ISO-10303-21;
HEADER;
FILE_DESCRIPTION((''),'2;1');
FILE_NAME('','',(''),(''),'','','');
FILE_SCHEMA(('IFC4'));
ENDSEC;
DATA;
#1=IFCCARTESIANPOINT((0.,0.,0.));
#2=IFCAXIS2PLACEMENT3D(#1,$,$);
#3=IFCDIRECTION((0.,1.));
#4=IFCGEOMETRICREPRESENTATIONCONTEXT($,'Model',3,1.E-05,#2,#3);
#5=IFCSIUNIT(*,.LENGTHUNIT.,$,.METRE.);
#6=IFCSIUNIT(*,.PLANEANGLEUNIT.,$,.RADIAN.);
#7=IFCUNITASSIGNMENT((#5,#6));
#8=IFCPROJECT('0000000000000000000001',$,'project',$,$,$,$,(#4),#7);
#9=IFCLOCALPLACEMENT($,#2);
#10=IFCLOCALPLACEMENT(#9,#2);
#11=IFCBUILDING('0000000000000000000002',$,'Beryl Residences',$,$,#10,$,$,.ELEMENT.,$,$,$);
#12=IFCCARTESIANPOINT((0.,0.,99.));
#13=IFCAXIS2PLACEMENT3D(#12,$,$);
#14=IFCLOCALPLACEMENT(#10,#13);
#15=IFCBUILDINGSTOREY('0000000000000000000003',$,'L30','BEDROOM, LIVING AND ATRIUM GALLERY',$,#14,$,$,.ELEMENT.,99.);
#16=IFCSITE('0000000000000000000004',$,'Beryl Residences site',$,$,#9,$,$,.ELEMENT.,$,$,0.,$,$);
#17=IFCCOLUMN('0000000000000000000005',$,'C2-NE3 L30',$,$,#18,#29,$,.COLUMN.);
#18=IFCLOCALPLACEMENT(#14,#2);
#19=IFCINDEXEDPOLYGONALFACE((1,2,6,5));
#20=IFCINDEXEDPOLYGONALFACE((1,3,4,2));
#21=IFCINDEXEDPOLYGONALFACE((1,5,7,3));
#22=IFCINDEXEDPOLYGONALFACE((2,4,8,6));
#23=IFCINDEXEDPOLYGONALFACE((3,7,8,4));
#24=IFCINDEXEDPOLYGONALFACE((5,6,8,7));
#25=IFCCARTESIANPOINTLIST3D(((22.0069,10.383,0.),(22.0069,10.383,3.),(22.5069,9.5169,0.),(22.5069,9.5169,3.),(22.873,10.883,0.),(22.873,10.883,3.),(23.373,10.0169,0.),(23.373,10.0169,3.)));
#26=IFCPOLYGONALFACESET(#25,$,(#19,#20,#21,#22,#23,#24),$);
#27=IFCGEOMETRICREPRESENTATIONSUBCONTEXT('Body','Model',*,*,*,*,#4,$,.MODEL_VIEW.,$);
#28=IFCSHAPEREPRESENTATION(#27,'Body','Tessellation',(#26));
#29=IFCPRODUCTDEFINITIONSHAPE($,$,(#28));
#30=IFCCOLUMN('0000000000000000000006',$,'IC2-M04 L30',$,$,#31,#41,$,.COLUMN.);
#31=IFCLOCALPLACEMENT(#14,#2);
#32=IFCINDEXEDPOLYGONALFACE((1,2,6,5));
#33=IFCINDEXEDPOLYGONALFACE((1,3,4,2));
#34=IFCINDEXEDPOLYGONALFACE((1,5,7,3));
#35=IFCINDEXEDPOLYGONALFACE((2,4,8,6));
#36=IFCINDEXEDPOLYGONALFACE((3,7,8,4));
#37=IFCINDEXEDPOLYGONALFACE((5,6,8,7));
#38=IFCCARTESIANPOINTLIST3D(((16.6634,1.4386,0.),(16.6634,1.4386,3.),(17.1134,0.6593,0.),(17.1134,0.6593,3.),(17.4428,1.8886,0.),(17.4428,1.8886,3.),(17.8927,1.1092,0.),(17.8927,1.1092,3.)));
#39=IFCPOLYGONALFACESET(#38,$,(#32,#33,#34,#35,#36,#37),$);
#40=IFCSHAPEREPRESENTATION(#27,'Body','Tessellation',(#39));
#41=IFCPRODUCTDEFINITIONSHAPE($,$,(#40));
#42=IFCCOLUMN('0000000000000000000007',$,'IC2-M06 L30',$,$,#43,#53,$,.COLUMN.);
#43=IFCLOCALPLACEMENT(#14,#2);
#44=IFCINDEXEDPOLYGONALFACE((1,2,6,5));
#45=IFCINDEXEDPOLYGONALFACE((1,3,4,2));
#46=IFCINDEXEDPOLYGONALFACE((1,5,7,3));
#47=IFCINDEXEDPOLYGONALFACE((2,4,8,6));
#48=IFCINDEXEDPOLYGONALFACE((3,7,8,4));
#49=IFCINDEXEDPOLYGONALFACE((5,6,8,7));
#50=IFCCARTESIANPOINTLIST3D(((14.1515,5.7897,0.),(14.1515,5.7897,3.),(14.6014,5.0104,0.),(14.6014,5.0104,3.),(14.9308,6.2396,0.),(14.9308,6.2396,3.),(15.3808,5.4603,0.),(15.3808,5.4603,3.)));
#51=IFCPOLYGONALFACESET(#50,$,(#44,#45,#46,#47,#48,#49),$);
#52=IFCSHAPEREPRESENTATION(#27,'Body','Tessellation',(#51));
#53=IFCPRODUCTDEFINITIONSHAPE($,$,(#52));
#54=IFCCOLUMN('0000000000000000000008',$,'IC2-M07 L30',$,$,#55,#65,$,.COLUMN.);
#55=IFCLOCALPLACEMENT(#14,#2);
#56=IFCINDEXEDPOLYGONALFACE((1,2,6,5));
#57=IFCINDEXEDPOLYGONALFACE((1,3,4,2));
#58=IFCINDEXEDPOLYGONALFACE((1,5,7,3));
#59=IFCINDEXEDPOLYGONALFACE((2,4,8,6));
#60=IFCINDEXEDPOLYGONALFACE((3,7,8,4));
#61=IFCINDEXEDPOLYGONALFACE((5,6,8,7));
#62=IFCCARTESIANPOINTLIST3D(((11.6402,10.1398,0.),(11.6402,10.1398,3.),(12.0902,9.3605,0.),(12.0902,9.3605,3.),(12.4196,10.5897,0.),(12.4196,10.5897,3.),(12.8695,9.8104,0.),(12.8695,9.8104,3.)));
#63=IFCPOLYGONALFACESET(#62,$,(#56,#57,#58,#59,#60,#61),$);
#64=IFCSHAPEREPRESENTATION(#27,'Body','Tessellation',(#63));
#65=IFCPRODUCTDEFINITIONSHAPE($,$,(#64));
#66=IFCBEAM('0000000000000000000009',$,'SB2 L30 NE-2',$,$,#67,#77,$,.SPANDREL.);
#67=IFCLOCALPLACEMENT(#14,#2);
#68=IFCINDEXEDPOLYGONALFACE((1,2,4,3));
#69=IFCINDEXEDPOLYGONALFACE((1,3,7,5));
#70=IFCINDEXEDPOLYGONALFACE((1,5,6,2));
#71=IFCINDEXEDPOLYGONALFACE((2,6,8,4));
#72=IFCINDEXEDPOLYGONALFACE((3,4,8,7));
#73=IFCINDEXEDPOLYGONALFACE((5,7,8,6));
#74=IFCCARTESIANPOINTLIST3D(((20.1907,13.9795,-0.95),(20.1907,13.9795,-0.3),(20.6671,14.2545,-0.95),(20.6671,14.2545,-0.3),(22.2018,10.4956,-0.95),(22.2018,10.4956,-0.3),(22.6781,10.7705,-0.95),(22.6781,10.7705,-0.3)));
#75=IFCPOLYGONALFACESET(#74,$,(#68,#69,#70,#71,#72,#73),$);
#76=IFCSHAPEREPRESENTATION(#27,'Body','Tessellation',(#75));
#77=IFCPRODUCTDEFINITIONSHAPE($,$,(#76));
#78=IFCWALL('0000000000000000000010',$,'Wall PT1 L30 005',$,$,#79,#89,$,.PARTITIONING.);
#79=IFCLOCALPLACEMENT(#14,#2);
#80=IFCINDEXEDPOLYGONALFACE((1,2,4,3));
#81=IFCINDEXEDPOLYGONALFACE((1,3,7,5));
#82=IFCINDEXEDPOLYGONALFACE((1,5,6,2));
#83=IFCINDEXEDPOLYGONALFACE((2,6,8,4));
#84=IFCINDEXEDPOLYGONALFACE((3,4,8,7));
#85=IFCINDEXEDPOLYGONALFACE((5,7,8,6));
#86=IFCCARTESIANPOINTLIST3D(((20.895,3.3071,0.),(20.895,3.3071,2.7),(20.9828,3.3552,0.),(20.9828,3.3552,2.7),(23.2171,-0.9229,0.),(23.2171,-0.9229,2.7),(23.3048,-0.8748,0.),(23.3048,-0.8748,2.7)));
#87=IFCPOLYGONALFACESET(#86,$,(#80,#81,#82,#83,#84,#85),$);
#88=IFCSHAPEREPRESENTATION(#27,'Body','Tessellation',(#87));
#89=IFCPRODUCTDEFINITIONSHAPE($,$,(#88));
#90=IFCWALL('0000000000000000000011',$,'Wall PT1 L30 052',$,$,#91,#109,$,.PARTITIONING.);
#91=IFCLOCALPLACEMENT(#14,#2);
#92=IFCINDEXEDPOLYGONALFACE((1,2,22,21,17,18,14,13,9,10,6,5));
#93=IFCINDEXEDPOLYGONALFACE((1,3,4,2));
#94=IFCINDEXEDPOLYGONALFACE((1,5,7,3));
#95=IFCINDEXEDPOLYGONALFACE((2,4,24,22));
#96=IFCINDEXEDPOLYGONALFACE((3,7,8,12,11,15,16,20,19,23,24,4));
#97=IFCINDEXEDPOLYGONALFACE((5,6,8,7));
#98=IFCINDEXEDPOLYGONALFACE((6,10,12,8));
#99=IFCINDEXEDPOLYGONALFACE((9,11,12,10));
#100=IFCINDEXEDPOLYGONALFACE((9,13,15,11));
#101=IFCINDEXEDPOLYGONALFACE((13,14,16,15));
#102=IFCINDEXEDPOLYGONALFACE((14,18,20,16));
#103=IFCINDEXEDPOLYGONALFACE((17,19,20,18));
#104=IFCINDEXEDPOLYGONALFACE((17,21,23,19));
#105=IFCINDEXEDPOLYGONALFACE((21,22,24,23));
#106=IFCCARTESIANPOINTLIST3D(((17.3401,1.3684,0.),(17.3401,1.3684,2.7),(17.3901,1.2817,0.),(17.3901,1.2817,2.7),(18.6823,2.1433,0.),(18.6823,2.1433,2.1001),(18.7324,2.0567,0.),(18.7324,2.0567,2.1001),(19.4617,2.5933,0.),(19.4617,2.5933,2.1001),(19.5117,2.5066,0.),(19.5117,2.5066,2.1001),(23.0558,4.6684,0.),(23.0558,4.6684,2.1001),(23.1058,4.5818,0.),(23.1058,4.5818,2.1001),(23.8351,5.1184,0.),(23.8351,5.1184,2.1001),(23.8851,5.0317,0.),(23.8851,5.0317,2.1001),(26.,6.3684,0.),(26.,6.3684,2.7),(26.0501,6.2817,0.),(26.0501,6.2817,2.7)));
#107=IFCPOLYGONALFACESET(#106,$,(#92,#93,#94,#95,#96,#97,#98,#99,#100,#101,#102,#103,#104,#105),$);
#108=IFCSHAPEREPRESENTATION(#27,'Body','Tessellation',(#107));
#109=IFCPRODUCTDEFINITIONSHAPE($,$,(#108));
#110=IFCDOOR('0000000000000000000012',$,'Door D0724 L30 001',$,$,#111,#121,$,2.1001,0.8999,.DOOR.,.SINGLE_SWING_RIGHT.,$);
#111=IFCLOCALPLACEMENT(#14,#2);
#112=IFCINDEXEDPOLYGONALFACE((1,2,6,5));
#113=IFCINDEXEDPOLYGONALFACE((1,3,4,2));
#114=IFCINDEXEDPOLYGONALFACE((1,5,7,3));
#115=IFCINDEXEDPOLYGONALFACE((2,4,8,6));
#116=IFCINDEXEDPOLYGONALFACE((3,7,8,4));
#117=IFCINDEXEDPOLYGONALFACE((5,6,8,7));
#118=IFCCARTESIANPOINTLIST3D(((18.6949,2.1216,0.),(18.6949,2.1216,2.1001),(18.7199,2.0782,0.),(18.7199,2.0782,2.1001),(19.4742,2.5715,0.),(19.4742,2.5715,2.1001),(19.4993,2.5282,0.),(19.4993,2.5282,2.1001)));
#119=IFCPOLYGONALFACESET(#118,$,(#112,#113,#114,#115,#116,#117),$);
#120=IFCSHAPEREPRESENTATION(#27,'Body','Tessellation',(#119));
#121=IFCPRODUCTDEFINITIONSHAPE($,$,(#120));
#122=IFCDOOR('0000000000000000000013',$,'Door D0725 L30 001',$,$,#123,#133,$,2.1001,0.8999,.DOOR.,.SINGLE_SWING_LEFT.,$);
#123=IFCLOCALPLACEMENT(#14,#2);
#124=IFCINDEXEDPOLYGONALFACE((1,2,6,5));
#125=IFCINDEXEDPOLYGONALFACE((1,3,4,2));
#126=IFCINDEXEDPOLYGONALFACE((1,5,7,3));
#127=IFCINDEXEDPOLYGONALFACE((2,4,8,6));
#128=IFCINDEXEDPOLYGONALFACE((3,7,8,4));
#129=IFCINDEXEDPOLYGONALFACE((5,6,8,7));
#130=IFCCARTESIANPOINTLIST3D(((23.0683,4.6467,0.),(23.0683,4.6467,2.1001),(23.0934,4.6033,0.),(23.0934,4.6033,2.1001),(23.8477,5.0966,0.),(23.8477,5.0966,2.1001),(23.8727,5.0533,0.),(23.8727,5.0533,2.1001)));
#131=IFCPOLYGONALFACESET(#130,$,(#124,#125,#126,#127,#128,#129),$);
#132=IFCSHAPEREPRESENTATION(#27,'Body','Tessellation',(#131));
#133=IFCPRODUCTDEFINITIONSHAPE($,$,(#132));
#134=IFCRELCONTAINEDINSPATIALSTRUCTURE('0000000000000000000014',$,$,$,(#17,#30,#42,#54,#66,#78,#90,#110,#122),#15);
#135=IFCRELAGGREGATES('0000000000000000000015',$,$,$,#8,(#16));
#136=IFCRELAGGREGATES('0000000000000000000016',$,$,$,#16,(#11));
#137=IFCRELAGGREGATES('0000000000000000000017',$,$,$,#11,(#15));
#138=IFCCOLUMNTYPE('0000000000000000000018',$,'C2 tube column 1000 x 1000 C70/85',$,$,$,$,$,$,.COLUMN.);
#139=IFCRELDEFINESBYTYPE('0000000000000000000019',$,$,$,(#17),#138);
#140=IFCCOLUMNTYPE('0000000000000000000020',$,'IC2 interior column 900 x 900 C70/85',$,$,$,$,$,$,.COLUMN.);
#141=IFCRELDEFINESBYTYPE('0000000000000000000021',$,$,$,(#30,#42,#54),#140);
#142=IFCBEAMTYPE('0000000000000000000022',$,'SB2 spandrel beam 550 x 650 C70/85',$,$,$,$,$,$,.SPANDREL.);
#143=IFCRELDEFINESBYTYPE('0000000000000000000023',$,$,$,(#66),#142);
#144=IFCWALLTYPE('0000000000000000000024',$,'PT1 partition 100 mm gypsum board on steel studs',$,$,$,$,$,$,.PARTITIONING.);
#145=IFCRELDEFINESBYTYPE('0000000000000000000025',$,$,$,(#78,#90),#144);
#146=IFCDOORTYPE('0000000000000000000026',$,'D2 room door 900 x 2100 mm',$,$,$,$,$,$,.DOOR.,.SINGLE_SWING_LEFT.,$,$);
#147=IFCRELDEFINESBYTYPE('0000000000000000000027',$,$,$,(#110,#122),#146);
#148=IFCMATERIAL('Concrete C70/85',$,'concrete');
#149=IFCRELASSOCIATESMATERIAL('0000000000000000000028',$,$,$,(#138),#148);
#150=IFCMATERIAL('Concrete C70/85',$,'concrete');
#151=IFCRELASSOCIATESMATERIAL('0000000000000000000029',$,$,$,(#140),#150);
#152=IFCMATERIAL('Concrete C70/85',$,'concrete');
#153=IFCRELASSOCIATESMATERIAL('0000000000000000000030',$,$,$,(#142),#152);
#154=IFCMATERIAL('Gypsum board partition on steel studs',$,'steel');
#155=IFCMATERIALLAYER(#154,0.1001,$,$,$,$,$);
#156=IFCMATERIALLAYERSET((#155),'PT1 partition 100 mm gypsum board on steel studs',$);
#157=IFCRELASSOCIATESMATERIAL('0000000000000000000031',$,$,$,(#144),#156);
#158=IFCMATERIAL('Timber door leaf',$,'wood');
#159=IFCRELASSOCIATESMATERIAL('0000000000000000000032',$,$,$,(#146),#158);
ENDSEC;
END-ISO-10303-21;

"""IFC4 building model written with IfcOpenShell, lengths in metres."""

from ifc_helpers import new_model, si_unit, direction, frame, frame_2d, origin, origin_2d, place, context, subcontext, project, spatial, rectangle, extrude, material, layer, layer_set, material_profile, profile_set, type_object, element, fill, save


model = new_model("IFC4")

# Units and contexts
model_context = context("Model", 3, precision=1e-05, world=origin(), true_north=direction((0.0, 1.0)))
body_context = subcontext(model_context, "Body", "Model", "MODEL_VIEW")
ifc_project = project(units=[si_unit("LENGTHUNIT", "METRE"), si_unit("PLANEANGLEUNIT", "RADIAN")], contexts=[model_context])

# Site, building, storey
site_placement = place(None, origin())
site = spatial("IfcSite", under=ifc_project, at=site_placement, Name="Beryl Residences site", CompositionType="ELEMENT", RefElevation=0.0)
building_placement = place(site_placement, origin())
building = spatial("IfcBuilding", under=site, at=building_placement, Name="Beryl Residences", CompositionType="ELEMENT")
storey_placement = place(building_placement, frame((0.0, 0.0, 99.0)))
storey = spatial("IfcBuildingStorey", under=building, at=storey_placement, Name="L30", Description="BEDROOM, LIVING AND ATRIUM GALLERY", CompositionType="ELEMENT", Elevation=99.0)

# Columns
ifc_material_1 = material(Name="Concrete C70/85", Category="concrete")
ifc_material_profile_1 = material_profile(ifc_material_1, rectangle(XDim=1.0, YDim=1.0, at=origin_2d()))
ifc_profile_set_1 = profile_set([ifc_material_profile_1], Name="Concrete C70/85")
column_type_1 = type_object("IfcColumnType", Name="C2 tube column 1000 x 1000 C70/85", PredefinedType="COLUMN", material=ifc_profile_set_1)
column_placement = place(storey_placement, frame((22.6899, 10.2, 0.0), z_axis=(0.0, 0.0, 1.0), x_axis=(-0.5, 0.866025, 0.0)))
element("IfcColumn", 1, at=column_placement, inside=storey, type_object=column_type_1, Name="C2-NE3 L30", PredefinedType="COLUMN", context=body_context, shape_type="SweptSolid", body=[
    extrude(rectangle(XDim=1.0, YDim=1.0, at=origin_2d()), origin(), (0.0, 0.0, 1.0), 3.0),
])
ifc_material_2 = material(Name="Concrete C70/85", Category="concrete")
ifc_material_profile_2 = material_profile(ifc_material_2, rectangle(XDim=0.8999, YDim=0.8999, at=origin_2d()))
ifc_profile_set_2 = profile_set([ifc_material_profile_2], Name="Concrete C70/85")
column_type_2 = type_object("IfcColumnType", Name="IC2 interior column 900 x 900 C70/85", PredefinedType="COLUMN", material=ifc_profile_set_2)
for number, where, z_axis, x_axis, name in (
    (2, (17.2781, 1.2739, 0.0), (0.0, 0.0, 1.0), (-0.5, 0.866025, 0.0), "IC2-M04 L30"),
    (3, (14.7661, 5.625, 0.0), (0.0, 0.0, 1.0), (-0.5, 0.866025, 0.0), "IC2-M06 L30"),
    (4, (12.2549, 9.9751, 0.0), (0.0, 0.0, 1.0), (-0.5, 0.866025, 0.0), "IC2-M07 L30"),
):
    element("IfcColumn", number, at=place(storey_placement, frame(where, z_axis=z_axis, x_axis=x_axis)), inside=storey, type_object=column_type_2, Name=name, PredefinedType="COLUMN", context=body_context, shape_type="SweptSolid", body=[
        extrude(rectangle(XDim=0.8999, YDim=0.8999, at=origin_2d()), origin(), (0.0, 0.0, 1.0), 3.0),
    ])

# Beam
ifc_material_3 = material(Name="Concrete C70/85", Category="concrete")
ifc_material_profile_3 = material_profile(ifc_material_3, rectangle(XDim=0.55, YDim=0.6499, at=origin_2d()))
ifc_profile_set_3 = profile_set([ifc_material_profile_3], Name="Concrete C70/85")
beam_type = type_object("IfcBeamType", Name="SB2 spandrel beam 550 x 650 C70/85", PredefinedType="SPANDREL", material=ifc_profile_set_3)
beam_placement = place(storey_placement, frame((22.4399, 10.6331, -0.625), z_axis=(-0.499919, 0.866072, 0.0), x_axis=(-0.866072, -0.499919, 0.0)))
element("IfcBeam", 5, at=beam_placement, inside=storey, type_object=beam_type, Name="SB2 L30 NE-2", PredefinedType="SPANDREL", context=body_context, shape_type="SweptSolid", body=[
    extrude(rectangle(XDim=0.55, YDim=0.6499, at=origin_2d()), origin(), (0.0, 0.0, 1.0), 4.0227),
])

# Wall
ifc_material_4 = material(Name="Gypsum board partition on steel studs", Category="steel")
ifc_layer_1 = layer(ifc_material_4, 0.1001)
ifc_layer_set_1 = layer_set([ifc_layer_1], Name="PT1 partition 100 mm gypsum board on steel studs")
wall_type_1 = type_object("IfcWallType", Name="PT1 partition 100 mm gypsum board on steel studs", PredefinedType="PARTITIONING", material=ifc_layer_set_1)
wall_1_placement = place(storey_placement, frame((20.939, 3.3311, 0.0), z_axis=(0.0, 0.0, 1.0), x_axis=(0.481208, -0.876607, 0.0)))
element("IfcWall", 6, at=wall_1_placement, inside=storey, type_object=wall_type_1, Name="Wall PT1 L30 005", PredefinedType="PARTITIONING", context=body_context, shape_type="SweptSolid", body=[
    extrude(rectangle(XDim=4.8254, YDim=0.1001, at=frame_2d((2.4126, 0.0))), origin(), (0.0, 0.0, 1.0), 2.7),
])

# Wall, openings, doors
wall_2_placement = place(storey_placement, frame((17.365, 1.325, 0.0), z_axis=(0.0, 0.0, 1.0), x_axis=(0.866017, 0.500015, 0.0)))
wall_2 = element("IfcWall", 7, at=wall_2_placement, inside=storey, type_object=wall_type_1, Name="Wall PT1 L30 052", PredefinedType="PARTITIONING", context=body_context, shape_type="SweptSolid", body=[
    extrude(rectangle(XDim=9.9998, YDim=0.1001, at=frame_2d((5.0, 0.0))), origin(), (0.0, 0.0, 1.0), 2.7),
])
opening_1_placement = place(wall_2_placement, frame((1.55, 0.0, 0.0)))
opening_1 = element("IfcOpeningElement", 8, at=opening_1_placement, cuts=wall_2, PredefinedType="OPENING", context=body_context, shape_type="SweptSolid", body=[
    extrude(rectangle(XDim=0.8999, YDim=2.1001, at=frame_2d((0.45, 1.05))), frame((0.0, 0.0601, 0.0), z_axis=(0.0, -1.0, 0.0), x_axis=(1.0, 0.0, 0.0)), (0.0, 0.0, 1.0), 0.1201),
])
opening_2_placement = place(wall_2_placement, frame((6.6001, 0.0, 0.0)))
opening_2 = element("IfcOpeningElement", 9, at=opening_2_placement, cuts=wall_2, PredefinedType="OPENING", context=body_context, shape_type="SweptSolid", body=[
    extrude(rectangle(XDim=0.8999, YDim=2.1001, at=frame_2d((0.45, 1.05))), frame((0.0, 0.0601, 0.0), z_axis=(0.0, -1.0, 0.0), x_axis=(1.0, 0.0, 0.0)), (0.0, 0.0, 1.0), 0.1201),
])
ifc_material_5 = material(Name="Timber door leaf", Category="wood")
door_type_1 = type_object("IfcDoorType", Name="D2 room door 900 x 2100 mm", OperationType="SINGLE_SWING_LEFT", PredefinedType="DOOR", material=ifc_material_5)
door_1_placement = place(opening_1_placement, origin())
door_1 = element("IfcDoor", 10, at=door_1_placement, inside=storey, type_object=door_type_1, Name="Door D0724 L30 001", OperationType="SINGLE_SWING_RIGHT", OverallHeight=2.1001, OverallWidth=0.8999, PredefinedType="DOOR", context=body_context, shape_type="SweptSolid", body=[
    extrude(rectangle(XDim=0.8999, YDim=2.1001, at=frame_2d((0.45, 1.05))), frame((0.0, 0.0249, 0.0), z_axis=(0.0, -1.0, 0.0), x_axis=(1.0, 0.0, 0.0)), (0.0, 0.0, 1.0), 0.05),
])
fill(opening_1, door_1)
door_2_placement = place(opening_2_placement, origin())
door_2 = element("IfcDoor", 11, at=door_2_placement, inside=storey, type_object=door_type_1, Name="Door D0725 L30 001", OperationType="SINGLE_SWING_LEFT", OverallHeight=2.1001, OverallWidth=0.8999, PredefinedType="DOOR", context=body_context, shape_type="SweptSolid", body=[
    extrude(rectangle(XDim=0.8999, YDim=2.1001, at=frame_2d((0.45, 1.05))), frame((0.0, 0.0249, 0.0), z_axis=(0.0, -1.0, 0.0), x_axis=(1.0, 0.0, 0.0)), (0.0, 0.0, 1.0), 0.05),
])
fill(opening_2, door_2)

save(model, "model.ifc")
